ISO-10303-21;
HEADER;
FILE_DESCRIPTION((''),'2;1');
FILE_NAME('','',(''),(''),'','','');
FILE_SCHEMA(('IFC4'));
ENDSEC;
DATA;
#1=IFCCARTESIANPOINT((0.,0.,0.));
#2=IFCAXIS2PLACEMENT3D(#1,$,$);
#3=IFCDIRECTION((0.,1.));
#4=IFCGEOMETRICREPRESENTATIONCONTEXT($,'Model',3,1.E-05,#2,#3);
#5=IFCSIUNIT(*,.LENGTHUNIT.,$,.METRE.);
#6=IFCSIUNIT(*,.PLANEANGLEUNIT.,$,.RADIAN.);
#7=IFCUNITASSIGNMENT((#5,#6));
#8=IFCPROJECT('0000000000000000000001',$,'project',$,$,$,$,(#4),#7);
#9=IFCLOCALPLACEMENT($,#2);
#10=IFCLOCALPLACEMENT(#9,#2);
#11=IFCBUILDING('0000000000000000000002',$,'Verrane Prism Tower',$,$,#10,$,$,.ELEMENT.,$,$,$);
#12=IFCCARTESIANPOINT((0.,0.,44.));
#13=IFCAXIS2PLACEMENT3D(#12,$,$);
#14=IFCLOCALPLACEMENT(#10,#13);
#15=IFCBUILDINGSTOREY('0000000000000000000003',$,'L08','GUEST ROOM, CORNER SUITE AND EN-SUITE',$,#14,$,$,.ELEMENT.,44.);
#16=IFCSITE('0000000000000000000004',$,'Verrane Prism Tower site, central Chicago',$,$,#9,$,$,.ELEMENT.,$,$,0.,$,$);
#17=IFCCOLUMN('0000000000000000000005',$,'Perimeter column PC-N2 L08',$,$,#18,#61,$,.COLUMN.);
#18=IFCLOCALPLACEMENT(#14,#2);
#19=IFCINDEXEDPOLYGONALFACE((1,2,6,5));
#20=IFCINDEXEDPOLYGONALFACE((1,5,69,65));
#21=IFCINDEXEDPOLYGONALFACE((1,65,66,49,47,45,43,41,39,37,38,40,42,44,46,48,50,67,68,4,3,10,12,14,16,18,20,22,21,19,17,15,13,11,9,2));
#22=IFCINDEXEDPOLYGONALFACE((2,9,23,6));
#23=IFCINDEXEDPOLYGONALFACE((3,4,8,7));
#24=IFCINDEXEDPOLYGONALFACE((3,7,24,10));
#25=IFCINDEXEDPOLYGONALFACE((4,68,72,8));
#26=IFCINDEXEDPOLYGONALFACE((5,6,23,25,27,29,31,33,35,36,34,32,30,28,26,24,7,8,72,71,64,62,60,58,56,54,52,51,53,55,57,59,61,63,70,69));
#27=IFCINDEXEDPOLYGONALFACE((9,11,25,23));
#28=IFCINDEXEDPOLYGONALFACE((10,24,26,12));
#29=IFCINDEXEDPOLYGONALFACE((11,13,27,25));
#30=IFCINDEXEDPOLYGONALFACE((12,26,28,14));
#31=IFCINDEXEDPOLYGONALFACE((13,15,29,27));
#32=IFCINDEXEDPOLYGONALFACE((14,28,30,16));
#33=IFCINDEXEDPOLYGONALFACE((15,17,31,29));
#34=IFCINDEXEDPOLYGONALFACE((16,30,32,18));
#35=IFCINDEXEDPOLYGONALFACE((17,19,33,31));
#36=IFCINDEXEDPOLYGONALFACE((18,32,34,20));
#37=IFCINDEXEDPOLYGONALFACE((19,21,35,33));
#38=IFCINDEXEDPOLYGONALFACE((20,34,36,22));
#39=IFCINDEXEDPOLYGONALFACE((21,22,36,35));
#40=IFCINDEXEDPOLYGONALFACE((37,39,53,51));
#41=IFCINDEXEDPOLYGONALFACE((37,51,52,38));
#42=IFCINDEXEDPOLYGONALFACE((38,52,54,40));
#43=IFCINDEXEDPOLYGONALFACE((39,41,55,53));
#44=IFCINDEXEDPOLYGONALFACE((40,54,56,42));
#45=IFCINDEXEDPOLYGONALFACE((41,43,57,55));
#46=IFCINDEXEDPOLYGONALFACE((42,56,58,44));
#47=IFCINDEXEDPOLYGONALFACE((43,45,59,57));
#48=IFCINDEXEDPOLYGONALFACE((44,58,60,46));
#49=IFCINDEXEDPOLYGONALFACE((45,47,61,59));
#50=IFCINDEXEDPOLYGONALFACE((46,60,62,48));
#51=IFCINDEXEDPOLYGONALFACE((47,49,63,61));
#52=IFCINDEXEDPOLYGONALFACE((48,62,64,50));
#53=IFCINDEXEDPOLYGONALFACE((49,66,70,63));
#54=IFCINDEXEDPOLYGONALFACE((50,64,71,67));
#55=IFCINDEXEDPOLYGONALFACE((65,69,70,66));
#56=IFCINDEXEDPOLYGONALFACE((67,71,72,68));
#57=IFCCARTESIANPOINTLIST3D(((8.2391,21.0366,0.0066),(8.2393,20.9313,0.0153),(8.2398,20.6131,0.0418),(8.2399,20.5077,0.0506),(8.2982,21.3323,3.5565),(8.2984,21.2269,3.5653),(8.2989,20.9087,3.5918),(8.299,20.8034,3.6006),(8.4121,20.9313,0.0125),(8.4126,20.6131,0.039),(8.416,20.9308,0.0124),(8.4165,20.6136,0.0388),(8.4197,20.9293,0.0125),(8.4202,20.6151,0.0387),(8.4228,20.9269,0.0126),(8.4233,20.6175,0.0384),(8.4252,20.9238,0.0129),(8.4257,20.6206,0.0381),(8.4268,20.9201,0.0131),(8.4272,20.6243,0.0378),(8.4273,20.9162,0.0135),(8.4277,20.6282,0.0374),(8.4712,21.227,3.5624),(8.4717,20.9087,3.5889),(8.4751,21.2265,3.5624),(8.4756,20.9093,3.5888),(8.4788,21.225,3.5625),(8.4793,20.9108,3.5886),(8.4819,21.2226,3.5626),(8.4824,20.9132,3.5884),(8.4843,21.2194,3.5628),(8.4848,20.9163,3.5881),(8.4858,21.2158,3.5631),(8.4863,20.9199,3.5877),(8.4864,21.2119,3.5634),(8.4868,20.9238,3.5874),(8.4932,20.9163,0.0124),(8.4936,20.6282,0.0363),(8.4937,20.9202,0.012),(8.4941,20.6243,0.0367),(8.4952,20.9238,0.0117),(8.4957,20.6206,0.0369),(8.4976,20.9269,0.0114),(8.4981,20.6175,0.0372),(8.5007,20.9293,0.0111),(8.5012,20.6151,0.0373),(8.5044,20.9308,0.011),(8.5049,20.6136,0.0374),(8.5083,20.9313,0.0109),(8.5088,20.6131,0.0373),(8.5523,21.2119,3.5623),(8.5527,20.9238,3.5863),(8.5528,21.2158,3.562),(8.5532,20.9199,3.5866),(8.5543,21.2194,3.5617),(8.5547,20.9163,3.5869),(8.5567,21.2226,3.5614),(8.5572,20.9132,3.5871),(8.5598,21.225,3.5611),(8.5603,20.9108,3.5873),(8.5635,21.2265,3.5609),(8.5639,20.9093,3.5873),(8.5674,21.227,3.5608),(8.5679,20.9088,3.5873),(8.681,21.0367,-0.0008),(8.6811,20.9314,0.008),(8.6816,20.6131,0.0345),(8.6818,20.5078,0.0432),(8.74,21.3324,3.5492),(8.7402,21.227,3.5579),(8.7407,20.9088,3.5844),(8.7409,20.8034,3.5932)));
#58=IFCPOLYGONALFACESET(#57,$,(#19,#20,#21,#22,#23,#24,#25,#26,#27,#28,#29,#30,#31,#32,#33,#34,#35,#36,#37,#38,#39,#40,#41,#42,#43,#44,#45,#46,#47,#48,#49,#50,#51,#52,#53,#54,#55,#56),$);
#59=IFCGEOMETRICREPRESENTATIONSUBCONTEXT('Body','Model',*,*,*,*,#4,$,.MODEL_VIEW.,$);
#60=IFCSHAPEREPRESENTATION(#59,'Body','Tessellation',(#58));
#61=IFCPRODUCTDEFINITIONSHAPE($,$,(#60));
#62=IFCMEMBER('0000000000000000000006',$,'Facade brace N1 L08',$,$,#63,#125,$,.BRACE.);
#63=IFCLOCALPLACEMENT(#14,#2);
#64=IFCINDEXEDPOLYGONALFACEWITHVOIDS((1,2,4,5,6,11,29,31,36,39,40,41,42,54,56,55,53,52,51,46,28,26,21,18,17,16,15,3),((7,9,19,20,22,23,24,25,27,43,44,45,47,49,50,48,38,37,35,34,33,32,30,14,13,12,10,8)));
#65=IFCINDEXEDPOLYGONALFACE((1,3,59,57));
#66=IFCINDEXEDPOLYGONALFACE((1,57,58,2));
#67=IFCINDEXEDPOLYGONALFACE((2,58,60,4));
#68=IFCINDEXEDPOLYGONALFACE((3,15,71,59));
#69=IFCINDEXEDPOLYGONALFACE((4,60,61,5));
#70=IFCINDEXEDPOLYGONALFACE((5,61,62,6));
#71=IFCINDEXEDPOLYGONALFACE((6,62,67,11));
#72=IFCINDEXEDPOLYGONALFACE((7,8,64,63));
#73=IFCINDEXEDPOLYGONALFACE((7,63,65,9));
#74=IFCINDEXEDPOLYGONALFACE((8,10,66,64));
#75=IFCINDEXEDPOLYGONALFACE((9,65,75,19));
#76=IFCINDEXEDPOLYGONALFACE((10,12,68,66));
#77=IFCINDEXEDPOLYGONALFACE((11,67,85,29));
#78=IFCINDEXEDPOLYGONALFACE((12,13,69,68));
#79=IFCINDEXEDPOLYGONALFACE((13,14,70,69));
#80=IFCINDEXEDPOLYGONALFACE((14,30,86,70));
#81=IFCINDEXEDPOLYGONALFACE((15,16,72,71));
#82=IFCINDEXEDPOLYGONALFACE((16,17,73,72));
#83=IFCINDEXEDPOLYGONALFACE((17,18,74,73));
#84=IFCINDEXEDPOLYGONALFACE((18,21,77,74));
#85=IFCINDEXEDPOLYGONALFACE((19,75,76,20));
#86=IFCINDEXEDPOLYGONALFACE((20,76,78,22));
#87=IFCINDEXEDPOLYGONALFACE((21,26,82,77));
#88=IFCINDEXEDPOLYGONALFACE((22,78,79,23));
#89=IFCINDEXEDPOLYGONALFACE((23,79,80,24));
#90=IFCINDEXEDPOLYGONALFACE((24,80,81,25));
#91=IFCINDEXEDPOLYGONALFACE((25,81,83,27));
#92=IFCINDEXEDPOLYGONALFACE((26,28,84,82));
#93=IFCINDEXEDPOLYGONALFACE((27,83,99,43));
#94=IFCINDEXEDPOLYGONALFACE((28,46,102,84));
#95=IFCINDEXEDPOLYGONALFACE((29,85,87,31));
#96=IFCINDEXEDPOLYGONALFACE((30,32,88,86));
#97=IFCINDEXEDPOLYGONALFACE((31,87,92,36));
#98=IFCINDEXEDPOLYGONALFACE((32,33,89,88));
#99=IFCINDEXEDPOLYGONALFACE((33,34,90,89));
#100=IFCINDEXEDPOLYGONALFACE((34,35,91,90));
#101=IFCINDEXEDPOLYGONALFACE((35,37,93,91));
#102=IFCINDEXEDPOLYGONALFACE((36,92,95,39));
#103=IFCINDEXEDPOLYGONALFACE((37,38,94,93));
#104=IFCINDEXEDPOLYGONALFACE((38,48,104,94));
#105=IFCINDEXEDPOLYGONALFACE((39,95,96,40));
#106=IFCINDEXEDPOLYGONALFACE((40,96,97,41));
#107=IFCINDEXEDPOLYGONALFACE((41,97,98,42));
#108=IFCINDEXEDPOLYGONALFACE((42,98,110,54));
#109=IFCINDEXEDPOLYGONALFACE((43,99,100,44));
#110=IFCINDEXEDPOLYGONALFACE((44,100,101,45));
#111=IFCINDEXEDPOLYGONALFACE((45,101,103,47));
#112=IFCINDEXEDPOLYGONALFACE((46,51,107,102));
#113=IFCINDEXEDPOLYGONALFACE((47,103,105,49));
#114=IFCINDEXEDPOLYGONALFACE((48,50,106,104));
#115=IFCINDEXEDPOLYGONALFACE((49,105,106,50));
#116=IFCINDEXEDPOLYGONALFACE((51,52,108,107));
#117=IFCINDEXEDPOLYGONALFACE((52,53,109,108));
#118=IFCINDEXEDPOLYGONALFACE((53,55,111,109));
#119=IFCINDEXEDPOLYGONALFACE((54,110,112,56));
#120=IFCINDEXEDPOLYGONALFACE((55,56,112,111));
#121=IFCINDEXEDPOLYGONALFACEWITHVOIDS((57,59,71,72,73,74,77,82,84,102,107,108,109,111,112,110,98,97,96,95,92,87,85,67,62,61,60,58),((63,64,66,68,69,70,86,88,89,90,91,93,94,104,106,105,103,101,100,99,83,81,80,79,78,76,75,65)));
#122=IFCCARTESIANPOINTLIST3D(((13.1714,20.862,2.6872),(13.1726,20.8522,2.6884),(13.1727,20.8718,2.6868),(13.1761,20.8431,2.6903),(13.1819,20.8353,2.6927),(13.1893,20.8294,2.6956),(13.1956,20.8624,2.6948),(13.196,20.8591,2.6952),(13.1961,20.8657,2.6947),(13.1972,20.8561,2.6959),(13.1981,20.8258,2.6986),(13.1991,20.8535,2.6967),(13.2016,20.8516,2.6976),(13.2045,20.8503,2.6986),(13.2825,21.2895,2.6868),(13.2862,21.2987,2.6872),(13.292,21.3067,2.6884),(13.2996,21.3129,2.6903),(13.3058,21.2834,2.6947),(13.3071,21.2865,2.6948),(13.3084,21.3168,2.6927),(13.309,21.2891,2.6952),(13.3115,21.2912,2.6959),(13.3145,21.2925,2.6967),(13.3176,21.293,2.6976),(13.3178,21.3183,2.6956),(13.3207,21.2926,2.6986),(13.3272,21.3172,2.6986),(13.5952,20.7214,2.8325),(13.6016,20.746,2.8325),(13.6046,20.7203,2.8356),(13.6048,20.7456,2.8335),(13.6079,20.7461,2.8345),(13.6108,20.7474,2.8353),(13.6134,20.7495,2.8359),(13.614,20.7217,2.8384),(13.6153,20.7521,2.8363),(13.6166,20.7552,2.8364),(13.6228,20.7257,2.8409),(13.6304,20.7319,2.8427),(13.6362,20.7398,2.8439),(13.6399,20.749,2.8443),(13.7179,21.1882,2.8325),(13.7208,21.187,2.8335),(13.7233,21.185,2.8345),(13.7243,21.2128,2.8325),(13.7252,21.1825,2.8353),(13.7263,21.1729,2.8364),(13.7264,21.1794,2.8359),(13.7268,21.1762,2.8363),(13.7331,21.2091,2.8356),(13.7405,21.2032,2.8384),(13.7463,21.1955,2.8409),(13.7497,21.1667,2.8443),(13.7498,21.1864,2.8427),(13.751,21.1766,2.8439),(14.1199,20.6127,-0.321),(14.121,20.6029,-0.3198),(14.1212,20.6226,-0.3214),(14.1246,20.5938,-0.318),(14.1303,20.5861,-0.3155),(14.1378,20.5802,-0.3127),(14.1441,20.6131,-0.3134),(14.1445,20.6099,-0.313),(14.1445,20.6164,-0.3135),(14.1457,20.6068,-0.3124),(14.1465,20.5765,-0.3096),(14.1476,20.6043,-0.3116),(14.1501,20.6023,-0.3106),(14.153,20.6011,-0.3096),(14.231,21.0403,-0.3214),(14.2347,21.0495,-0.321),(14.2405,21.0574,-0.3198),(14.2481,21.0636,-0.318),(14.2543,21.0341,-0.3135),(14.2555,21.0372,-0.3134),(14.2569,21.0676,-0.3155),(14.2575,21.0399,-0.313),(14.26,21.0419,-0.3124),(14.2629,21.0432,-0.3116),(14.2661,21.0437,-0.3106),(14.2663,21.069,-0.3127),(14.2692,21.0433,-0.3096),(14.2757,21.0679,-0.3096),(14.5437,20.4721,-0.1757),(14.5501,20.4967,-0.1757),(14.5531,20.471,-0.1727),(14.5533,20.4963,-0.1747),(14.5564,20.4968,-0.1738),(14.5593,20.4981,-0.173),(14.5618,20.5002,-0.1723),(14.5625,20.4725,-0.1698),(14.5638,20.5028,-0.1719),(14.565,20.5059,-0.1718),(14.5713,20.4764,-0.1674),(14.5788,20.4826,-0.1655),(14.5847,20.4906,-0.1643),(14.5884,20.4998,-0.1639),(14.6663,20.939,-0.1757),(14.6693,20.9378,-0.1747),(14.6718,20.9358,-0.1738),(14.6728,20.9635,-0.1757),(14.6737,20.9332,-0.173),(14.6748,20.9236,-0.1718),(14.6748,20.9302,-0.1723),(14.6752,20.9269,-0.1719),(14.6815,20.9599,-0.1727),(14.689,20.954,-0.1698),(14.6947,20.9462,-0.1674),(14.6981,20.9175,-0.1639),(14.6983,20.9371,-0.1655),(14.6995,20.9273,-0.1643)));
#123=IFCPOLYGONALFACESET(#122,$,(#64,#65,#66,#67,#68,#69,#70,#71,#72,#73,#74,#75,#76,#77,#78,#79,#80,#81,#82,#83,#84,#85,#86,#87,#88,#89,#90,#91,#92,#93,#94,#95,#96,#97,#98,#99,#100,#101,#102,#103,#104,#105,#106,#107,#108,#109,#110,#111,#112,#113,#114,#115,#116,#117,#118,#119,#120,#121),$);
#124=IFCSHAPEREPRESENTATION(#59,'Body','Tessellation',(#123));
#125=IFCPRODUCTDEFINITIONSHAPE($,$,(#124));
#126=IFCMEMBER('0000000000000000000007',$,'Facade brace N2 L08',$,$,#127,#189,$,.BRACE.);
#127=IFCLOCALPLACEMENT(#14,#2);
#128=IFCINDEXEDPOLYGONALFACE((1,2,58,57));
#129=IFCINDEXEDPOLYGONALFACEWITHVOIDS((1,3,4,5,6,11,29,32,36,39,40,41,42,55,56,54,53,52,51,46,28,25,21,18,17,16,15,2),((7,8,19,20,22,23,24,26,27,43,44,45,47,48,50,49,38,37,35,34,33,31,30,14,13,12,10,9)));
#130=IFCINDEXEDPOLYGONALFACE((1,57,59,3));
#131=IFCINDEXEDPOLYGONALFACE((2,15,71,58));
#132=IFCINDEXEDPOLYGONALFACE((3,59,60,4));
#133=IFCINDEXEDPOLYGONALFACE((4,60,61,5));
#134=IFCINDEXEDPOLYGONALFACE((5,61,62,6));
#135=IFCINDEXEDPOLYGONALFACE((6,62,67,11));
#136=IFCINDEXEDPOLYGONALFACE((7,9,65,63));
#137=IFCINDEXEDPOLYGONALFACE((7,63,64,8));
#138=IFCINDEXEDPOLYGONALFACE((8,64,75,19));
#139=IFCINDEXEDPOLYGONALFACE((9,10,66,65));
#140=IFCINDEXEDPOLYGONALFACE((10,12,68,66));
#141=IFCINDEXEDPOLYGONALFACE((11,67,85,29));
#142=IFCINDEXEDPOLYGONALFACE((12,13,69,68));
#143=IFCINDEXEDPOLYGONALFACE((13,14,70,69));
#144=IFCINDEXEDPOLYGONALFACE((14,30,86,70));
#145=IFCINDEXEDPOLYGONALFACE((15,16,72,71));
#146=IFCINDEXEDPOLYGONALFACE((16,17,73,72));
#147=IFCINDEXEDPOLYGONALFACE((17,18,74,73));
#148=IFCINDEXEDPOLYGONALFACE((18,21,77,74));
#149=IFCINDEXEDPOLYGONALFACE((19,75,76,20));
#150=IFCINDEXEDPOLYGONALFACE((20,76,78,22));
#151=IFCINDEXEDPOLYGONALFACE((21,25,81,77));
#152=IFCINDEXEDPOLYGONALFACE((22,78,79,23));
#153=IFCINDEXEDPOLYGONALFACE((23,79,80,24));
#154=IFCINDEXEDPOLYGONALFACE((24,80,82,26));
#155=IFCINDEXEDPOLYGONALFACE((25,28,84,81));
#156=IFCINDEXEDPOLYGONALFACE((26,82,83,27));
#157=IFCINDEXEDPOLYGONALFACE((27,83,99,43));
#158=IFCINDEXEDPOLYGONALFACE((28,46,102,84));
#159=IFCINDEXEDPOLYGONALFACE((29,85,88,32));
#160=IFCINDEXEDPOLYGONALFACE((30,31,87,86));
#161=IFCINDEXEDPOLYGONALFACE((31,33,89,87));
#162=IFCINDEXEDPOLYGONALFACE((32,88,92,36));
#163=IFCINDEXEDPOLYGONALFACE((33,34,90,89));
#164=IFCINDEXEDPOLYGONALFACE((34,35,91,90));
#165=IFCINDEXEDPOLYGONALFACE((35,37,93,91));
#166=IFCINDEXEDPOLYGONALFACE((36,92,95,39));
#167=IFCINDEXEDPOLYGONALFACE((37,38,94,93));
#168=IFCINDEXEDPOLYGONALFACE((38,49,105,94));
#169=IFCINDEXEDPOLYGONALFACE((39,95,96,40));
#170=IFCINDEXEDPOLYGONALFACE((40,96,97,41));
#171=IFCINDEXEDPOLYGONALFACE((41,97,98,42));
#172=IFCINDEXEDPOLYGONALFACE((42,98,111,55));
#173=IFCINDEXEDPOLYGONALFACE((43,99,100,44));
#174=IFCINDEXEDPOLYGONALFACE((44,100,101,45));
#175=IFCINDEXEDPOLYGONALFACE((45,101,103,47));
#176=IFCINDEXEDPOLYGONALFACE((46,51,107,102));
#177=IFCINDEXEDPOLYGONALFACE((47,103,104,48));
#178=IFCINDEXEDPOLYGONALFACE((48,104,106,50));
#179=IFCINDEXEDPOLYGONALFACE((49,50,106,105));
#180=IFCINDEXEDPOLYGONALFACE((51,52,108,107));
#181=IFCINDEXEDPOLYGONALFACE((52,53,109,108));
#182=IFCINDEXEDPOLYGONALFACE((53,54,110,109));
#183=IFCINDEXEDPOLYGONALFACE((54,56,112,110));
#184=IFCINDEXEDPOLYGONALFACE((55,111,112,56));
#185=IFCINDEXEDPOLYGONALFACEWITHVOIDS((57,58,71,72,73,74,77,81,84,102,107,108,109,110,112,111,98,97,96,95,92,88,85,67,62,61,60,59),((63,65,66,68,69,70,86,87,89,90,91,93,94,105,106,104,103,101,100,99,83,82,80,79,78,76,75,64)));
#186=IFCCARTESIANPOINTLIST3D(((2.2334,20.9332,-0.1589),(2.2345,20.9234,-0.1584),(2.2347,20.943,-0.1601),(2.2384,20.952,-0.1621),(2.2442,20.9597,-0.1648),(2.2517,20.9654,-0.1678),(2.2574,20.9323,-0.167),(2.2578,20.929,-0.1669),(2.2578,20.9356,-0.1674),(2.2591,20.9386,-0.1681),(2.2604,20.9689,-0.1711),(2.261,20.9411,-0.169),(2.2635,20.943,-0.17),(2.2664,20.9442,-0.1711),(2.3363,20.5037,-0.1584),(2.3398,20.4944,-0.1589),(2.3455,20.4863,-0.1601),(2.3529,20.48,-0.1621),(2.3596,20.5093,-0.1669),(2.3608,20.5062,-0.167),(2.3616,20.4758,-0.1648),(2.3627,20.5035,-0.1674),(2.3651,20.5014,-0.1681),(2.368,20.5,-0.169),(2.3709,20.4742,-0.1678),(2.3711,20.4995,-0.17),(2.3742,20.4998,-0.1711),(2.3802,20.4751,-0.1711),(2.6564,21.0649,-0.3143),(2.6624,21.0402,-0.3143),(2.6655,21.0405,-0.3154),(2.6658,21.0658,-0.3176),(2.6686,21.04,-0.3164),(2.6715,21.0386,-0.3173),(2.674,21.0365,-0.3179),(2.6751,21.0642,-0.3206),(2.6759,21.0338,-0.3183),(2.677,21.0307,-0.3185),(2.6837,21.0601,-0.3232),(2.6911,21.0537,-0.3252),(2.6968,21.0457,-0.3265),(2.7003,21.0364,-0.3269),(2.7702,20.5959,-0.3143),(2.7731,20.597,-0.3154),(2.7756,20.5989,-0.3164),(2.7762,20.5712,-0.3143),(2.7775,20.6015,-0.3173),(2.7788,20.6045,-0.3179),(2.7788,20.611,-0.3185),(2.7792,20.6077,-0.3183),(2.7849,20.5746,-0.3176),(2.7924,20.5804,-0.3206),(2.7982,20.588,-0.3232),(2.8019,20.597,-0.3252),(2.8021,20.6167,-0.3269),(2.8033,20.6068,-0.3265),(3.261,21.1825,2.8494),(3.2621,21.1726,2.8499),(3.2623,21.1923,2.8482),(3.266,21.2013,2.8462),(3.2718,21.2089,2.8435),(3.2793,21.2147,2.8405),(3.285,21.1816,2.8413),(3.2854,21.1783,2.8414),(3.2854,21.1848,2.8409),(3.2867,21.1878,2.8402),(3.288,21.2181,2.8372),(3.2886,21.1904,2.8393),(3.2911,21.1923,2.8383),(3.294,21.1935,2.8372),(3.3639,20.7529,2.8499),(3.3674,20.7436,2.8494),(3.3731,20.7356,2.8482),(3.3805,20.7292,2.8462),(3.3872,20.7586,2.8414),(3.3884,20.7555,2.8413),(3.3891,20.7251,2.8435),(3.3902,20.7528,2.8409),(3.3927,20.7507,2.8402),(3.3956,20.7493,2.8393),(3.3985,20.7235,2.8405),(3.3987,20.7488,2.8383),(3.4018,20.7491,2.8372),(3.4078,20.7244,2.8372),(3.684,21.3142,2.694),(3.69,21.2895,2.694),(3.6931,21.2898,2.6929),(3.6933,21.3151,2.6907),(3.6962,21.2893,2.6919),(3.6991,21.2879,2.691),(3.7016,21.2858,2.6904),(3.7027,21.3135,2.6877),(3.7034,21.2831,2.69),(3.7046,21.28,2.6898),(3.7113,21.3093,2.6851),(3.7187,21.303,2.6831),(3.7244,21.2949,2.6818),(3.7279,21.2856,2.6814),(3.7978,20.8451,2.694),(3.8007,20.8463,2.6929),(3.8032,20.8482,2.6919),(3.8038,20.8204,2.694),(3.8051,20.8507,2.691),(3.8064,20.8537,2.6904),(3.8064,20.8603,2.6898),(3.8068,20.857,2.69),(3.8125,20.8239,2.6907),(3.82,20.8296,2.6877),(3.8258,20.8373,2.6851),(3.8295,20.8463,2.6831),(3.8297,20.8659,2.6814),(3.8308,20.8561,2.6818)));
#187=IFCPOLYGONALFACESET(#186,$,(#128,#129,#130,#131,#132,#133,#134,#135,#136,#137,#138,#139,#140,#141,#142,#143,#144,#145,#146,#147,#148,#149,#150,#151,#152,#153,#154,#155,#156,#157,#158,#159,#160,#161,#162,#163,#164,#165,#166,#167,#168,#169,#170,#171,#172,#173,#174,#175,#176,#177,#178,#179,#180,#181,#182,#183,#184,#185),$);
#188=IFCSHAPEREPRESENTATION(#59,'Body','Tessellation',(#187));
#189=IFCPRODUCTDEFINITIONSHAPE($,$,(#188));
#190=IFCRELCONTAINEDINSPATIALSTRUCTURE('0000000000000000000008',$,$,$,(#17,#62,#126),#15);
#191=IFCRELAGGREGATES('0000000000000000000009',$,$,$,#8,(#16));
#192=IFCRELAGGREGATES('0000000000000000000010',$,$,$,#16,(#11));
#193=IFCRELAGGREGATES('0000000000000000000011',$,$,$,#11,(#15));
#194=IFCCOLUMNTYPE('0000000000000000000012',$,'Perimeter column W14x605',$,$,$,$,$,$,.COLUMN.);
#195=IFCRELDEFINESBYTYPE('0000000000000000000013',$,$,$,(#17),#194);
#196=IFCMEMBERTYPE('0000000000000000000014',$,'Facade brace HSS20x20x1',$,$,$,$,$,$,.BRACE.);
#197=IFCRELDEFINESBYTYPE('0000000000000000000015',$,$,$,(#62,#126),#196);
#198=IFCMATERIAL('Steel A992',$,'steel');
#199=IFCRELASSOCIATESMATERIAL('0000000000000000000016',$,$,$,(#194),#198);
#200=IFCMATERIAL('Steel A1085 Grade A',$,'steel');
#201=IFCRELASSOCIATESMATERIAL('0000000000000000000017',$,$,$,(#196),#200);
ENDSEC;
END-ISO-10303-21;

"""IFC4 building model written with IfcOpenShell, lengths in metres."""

from ifc_helpers import new_model, si_unit, direction, frame, origin, origin_2d, place, context, subcontext, project, spatial, hollow_rectangle, i_section, extrude, material, material_profile, profile_set, type_object, element, save


model = new_model("IFC4")

# Units and contexts
model_context = context("Model", 3, precision=1e-05, world=origin(), true_north=direction((0.0, 1.0)))
body_context = subcontext(model_context, "Body", "Model", "MODEL_VIEW")
ifc_project = project(units=[si_unit("LENGTHUNIT", "METRE"), si_unit("PLANEANGLEUNIT", "RADIAN")], contexts=[model_context])

# Site, building, storey
site_placement = place(None, origin())
site = spatial("IfcSite", under=ifc_project, at=site_placement, Name="Verrane Prism Tower site, central Chicago", CompositionType="ELEMENT", RefElevation=0.0)
building_placement = place(site_placement, origin())
building = spatial("IfcBuilding", under=site, at=building_placement, Name="Verrane Prism Tower", CompositionType="ELEMENT")
storey_placement = place(building_placement, frame((0.0, 0.0, 44.0)))
storey = spatial("IfcBuildingStorey", under=building, at=storey_placement, Name="L08", Description="GUEST ROOM, CORNER SUITE AND EN-SUITE", CompositionType="ELEMENT", Elevation=44.0)

# Column
ifc_material_1 = material(Name="Steel A992", Category="steel")
ifc_material_profile_1 = material_profile(ifc_material_1, i_section(OverallWidth=0.4419, OverallDepth=0.5308, WebThickness=0.0659, FlangeThickness=0.1057, FilletRadius=0.0151, at=origin_2d()), Name="W14x605")
ifc_profile_set_1 = profile_set([ifc_material_profile_1], Name="Steel A992")
column_type = type_object("IfcColumnType", Name="Perimeter column W14x605", PredefinedType="COLUMN", material=ifc_profile_set_1)
column_placement = place(storey_placement, frame((8.4604, 20.7722, 0.0249), z_axis=(0.016583, 0.082983, 0.996413), x_axis=(0.999861, 0.000159, -0.016654)))
element("IfcColumn", 1, at=column_placement, inside=storey, type_object=column_type, Name="Perimeter column PC-N2 L08", PredefinedType="COLUMN", context=body_context, shape_type="SweptSolid", body=[
    extrude(i_section(OverallWidth=0.4419, OverallDepth=0.5308, WebThickness=0.0659, FlangeThickness=0.1057, FilletRadius=0.0151, at=origin_2d()), origin(), (0.0, 0.0, 1.0), 3.5627),
])

# Members
ifc_material_2 = material(Name="Steel A1085 Grade A", Category="steel")
ifc_material_profile_2 = material_profile(ifc_material_2, hollow_rectangle(XDim=0.5081, YDim=0.5081, WallThickness=0.0254, InnerFilletRadius=0.0127, OuterFilletRadius=0.0381, at=origin_2d()), Name="HSS20x20x1")
ifc_profile_set_2 = profile_set([ifc_material_profile_2], Name="Steel A1085 Grade A")
member_type_1 = type_object("IfcMemberType", Name="Facade brace HSS20x20x1", PredefinedType="BRACE", material=ifc_profile_set_2)
member_1_placement = place(storey_placement, frame((14.4097, 20.77, -0.2427), z_axis=(-0.299763, 0.07878, 0.950755), x_axis=(-0.254175, -0.967158, 0.0)))
element("IfcMember", 2, at=member_1_placement, inside=storey, type_object=member_type_1, Name="Facade brace N1 L08", PredefinedType="BRACE", context=body_context, shape_type="SweptSolid", body=[
    extrude(hollow_rectangle(XDim=0.5081, YDim=0.5081, WallThickness=0.0254, InnerFilletRadius=0.0127, OuterFilletRadius=0.0381, at=origin_2d()), origin(), (0.0, 0.0, 1.0), 3.1641),
])
member_2_placement = place(storey_placement, frame((2.5183, 20.77, -0.2427), z_axis=(0.322257, 0.078172, 0.943419), x_axis=(-0.235739, 0.971816, 0.0)))
element("IfcMember", 3, at=member_2_placement, inside=storey, type_object=member_type_1, Name="Facade brace N2 L08", PredefinedType="BRACE", context=body_context, shape_type="SweptSolid", body=[
    extrude(hollow_rectangle(XDim=0.5081, YDim=0.5081, WallThickness=0.0254, InnerFilletRadius=0.0127, OuterFilletRadius=0.0381, at=origin_2d()), origin(), (0.0, 0.0, 1.0), 3.1887),
])

save(model, "model.ifc")
